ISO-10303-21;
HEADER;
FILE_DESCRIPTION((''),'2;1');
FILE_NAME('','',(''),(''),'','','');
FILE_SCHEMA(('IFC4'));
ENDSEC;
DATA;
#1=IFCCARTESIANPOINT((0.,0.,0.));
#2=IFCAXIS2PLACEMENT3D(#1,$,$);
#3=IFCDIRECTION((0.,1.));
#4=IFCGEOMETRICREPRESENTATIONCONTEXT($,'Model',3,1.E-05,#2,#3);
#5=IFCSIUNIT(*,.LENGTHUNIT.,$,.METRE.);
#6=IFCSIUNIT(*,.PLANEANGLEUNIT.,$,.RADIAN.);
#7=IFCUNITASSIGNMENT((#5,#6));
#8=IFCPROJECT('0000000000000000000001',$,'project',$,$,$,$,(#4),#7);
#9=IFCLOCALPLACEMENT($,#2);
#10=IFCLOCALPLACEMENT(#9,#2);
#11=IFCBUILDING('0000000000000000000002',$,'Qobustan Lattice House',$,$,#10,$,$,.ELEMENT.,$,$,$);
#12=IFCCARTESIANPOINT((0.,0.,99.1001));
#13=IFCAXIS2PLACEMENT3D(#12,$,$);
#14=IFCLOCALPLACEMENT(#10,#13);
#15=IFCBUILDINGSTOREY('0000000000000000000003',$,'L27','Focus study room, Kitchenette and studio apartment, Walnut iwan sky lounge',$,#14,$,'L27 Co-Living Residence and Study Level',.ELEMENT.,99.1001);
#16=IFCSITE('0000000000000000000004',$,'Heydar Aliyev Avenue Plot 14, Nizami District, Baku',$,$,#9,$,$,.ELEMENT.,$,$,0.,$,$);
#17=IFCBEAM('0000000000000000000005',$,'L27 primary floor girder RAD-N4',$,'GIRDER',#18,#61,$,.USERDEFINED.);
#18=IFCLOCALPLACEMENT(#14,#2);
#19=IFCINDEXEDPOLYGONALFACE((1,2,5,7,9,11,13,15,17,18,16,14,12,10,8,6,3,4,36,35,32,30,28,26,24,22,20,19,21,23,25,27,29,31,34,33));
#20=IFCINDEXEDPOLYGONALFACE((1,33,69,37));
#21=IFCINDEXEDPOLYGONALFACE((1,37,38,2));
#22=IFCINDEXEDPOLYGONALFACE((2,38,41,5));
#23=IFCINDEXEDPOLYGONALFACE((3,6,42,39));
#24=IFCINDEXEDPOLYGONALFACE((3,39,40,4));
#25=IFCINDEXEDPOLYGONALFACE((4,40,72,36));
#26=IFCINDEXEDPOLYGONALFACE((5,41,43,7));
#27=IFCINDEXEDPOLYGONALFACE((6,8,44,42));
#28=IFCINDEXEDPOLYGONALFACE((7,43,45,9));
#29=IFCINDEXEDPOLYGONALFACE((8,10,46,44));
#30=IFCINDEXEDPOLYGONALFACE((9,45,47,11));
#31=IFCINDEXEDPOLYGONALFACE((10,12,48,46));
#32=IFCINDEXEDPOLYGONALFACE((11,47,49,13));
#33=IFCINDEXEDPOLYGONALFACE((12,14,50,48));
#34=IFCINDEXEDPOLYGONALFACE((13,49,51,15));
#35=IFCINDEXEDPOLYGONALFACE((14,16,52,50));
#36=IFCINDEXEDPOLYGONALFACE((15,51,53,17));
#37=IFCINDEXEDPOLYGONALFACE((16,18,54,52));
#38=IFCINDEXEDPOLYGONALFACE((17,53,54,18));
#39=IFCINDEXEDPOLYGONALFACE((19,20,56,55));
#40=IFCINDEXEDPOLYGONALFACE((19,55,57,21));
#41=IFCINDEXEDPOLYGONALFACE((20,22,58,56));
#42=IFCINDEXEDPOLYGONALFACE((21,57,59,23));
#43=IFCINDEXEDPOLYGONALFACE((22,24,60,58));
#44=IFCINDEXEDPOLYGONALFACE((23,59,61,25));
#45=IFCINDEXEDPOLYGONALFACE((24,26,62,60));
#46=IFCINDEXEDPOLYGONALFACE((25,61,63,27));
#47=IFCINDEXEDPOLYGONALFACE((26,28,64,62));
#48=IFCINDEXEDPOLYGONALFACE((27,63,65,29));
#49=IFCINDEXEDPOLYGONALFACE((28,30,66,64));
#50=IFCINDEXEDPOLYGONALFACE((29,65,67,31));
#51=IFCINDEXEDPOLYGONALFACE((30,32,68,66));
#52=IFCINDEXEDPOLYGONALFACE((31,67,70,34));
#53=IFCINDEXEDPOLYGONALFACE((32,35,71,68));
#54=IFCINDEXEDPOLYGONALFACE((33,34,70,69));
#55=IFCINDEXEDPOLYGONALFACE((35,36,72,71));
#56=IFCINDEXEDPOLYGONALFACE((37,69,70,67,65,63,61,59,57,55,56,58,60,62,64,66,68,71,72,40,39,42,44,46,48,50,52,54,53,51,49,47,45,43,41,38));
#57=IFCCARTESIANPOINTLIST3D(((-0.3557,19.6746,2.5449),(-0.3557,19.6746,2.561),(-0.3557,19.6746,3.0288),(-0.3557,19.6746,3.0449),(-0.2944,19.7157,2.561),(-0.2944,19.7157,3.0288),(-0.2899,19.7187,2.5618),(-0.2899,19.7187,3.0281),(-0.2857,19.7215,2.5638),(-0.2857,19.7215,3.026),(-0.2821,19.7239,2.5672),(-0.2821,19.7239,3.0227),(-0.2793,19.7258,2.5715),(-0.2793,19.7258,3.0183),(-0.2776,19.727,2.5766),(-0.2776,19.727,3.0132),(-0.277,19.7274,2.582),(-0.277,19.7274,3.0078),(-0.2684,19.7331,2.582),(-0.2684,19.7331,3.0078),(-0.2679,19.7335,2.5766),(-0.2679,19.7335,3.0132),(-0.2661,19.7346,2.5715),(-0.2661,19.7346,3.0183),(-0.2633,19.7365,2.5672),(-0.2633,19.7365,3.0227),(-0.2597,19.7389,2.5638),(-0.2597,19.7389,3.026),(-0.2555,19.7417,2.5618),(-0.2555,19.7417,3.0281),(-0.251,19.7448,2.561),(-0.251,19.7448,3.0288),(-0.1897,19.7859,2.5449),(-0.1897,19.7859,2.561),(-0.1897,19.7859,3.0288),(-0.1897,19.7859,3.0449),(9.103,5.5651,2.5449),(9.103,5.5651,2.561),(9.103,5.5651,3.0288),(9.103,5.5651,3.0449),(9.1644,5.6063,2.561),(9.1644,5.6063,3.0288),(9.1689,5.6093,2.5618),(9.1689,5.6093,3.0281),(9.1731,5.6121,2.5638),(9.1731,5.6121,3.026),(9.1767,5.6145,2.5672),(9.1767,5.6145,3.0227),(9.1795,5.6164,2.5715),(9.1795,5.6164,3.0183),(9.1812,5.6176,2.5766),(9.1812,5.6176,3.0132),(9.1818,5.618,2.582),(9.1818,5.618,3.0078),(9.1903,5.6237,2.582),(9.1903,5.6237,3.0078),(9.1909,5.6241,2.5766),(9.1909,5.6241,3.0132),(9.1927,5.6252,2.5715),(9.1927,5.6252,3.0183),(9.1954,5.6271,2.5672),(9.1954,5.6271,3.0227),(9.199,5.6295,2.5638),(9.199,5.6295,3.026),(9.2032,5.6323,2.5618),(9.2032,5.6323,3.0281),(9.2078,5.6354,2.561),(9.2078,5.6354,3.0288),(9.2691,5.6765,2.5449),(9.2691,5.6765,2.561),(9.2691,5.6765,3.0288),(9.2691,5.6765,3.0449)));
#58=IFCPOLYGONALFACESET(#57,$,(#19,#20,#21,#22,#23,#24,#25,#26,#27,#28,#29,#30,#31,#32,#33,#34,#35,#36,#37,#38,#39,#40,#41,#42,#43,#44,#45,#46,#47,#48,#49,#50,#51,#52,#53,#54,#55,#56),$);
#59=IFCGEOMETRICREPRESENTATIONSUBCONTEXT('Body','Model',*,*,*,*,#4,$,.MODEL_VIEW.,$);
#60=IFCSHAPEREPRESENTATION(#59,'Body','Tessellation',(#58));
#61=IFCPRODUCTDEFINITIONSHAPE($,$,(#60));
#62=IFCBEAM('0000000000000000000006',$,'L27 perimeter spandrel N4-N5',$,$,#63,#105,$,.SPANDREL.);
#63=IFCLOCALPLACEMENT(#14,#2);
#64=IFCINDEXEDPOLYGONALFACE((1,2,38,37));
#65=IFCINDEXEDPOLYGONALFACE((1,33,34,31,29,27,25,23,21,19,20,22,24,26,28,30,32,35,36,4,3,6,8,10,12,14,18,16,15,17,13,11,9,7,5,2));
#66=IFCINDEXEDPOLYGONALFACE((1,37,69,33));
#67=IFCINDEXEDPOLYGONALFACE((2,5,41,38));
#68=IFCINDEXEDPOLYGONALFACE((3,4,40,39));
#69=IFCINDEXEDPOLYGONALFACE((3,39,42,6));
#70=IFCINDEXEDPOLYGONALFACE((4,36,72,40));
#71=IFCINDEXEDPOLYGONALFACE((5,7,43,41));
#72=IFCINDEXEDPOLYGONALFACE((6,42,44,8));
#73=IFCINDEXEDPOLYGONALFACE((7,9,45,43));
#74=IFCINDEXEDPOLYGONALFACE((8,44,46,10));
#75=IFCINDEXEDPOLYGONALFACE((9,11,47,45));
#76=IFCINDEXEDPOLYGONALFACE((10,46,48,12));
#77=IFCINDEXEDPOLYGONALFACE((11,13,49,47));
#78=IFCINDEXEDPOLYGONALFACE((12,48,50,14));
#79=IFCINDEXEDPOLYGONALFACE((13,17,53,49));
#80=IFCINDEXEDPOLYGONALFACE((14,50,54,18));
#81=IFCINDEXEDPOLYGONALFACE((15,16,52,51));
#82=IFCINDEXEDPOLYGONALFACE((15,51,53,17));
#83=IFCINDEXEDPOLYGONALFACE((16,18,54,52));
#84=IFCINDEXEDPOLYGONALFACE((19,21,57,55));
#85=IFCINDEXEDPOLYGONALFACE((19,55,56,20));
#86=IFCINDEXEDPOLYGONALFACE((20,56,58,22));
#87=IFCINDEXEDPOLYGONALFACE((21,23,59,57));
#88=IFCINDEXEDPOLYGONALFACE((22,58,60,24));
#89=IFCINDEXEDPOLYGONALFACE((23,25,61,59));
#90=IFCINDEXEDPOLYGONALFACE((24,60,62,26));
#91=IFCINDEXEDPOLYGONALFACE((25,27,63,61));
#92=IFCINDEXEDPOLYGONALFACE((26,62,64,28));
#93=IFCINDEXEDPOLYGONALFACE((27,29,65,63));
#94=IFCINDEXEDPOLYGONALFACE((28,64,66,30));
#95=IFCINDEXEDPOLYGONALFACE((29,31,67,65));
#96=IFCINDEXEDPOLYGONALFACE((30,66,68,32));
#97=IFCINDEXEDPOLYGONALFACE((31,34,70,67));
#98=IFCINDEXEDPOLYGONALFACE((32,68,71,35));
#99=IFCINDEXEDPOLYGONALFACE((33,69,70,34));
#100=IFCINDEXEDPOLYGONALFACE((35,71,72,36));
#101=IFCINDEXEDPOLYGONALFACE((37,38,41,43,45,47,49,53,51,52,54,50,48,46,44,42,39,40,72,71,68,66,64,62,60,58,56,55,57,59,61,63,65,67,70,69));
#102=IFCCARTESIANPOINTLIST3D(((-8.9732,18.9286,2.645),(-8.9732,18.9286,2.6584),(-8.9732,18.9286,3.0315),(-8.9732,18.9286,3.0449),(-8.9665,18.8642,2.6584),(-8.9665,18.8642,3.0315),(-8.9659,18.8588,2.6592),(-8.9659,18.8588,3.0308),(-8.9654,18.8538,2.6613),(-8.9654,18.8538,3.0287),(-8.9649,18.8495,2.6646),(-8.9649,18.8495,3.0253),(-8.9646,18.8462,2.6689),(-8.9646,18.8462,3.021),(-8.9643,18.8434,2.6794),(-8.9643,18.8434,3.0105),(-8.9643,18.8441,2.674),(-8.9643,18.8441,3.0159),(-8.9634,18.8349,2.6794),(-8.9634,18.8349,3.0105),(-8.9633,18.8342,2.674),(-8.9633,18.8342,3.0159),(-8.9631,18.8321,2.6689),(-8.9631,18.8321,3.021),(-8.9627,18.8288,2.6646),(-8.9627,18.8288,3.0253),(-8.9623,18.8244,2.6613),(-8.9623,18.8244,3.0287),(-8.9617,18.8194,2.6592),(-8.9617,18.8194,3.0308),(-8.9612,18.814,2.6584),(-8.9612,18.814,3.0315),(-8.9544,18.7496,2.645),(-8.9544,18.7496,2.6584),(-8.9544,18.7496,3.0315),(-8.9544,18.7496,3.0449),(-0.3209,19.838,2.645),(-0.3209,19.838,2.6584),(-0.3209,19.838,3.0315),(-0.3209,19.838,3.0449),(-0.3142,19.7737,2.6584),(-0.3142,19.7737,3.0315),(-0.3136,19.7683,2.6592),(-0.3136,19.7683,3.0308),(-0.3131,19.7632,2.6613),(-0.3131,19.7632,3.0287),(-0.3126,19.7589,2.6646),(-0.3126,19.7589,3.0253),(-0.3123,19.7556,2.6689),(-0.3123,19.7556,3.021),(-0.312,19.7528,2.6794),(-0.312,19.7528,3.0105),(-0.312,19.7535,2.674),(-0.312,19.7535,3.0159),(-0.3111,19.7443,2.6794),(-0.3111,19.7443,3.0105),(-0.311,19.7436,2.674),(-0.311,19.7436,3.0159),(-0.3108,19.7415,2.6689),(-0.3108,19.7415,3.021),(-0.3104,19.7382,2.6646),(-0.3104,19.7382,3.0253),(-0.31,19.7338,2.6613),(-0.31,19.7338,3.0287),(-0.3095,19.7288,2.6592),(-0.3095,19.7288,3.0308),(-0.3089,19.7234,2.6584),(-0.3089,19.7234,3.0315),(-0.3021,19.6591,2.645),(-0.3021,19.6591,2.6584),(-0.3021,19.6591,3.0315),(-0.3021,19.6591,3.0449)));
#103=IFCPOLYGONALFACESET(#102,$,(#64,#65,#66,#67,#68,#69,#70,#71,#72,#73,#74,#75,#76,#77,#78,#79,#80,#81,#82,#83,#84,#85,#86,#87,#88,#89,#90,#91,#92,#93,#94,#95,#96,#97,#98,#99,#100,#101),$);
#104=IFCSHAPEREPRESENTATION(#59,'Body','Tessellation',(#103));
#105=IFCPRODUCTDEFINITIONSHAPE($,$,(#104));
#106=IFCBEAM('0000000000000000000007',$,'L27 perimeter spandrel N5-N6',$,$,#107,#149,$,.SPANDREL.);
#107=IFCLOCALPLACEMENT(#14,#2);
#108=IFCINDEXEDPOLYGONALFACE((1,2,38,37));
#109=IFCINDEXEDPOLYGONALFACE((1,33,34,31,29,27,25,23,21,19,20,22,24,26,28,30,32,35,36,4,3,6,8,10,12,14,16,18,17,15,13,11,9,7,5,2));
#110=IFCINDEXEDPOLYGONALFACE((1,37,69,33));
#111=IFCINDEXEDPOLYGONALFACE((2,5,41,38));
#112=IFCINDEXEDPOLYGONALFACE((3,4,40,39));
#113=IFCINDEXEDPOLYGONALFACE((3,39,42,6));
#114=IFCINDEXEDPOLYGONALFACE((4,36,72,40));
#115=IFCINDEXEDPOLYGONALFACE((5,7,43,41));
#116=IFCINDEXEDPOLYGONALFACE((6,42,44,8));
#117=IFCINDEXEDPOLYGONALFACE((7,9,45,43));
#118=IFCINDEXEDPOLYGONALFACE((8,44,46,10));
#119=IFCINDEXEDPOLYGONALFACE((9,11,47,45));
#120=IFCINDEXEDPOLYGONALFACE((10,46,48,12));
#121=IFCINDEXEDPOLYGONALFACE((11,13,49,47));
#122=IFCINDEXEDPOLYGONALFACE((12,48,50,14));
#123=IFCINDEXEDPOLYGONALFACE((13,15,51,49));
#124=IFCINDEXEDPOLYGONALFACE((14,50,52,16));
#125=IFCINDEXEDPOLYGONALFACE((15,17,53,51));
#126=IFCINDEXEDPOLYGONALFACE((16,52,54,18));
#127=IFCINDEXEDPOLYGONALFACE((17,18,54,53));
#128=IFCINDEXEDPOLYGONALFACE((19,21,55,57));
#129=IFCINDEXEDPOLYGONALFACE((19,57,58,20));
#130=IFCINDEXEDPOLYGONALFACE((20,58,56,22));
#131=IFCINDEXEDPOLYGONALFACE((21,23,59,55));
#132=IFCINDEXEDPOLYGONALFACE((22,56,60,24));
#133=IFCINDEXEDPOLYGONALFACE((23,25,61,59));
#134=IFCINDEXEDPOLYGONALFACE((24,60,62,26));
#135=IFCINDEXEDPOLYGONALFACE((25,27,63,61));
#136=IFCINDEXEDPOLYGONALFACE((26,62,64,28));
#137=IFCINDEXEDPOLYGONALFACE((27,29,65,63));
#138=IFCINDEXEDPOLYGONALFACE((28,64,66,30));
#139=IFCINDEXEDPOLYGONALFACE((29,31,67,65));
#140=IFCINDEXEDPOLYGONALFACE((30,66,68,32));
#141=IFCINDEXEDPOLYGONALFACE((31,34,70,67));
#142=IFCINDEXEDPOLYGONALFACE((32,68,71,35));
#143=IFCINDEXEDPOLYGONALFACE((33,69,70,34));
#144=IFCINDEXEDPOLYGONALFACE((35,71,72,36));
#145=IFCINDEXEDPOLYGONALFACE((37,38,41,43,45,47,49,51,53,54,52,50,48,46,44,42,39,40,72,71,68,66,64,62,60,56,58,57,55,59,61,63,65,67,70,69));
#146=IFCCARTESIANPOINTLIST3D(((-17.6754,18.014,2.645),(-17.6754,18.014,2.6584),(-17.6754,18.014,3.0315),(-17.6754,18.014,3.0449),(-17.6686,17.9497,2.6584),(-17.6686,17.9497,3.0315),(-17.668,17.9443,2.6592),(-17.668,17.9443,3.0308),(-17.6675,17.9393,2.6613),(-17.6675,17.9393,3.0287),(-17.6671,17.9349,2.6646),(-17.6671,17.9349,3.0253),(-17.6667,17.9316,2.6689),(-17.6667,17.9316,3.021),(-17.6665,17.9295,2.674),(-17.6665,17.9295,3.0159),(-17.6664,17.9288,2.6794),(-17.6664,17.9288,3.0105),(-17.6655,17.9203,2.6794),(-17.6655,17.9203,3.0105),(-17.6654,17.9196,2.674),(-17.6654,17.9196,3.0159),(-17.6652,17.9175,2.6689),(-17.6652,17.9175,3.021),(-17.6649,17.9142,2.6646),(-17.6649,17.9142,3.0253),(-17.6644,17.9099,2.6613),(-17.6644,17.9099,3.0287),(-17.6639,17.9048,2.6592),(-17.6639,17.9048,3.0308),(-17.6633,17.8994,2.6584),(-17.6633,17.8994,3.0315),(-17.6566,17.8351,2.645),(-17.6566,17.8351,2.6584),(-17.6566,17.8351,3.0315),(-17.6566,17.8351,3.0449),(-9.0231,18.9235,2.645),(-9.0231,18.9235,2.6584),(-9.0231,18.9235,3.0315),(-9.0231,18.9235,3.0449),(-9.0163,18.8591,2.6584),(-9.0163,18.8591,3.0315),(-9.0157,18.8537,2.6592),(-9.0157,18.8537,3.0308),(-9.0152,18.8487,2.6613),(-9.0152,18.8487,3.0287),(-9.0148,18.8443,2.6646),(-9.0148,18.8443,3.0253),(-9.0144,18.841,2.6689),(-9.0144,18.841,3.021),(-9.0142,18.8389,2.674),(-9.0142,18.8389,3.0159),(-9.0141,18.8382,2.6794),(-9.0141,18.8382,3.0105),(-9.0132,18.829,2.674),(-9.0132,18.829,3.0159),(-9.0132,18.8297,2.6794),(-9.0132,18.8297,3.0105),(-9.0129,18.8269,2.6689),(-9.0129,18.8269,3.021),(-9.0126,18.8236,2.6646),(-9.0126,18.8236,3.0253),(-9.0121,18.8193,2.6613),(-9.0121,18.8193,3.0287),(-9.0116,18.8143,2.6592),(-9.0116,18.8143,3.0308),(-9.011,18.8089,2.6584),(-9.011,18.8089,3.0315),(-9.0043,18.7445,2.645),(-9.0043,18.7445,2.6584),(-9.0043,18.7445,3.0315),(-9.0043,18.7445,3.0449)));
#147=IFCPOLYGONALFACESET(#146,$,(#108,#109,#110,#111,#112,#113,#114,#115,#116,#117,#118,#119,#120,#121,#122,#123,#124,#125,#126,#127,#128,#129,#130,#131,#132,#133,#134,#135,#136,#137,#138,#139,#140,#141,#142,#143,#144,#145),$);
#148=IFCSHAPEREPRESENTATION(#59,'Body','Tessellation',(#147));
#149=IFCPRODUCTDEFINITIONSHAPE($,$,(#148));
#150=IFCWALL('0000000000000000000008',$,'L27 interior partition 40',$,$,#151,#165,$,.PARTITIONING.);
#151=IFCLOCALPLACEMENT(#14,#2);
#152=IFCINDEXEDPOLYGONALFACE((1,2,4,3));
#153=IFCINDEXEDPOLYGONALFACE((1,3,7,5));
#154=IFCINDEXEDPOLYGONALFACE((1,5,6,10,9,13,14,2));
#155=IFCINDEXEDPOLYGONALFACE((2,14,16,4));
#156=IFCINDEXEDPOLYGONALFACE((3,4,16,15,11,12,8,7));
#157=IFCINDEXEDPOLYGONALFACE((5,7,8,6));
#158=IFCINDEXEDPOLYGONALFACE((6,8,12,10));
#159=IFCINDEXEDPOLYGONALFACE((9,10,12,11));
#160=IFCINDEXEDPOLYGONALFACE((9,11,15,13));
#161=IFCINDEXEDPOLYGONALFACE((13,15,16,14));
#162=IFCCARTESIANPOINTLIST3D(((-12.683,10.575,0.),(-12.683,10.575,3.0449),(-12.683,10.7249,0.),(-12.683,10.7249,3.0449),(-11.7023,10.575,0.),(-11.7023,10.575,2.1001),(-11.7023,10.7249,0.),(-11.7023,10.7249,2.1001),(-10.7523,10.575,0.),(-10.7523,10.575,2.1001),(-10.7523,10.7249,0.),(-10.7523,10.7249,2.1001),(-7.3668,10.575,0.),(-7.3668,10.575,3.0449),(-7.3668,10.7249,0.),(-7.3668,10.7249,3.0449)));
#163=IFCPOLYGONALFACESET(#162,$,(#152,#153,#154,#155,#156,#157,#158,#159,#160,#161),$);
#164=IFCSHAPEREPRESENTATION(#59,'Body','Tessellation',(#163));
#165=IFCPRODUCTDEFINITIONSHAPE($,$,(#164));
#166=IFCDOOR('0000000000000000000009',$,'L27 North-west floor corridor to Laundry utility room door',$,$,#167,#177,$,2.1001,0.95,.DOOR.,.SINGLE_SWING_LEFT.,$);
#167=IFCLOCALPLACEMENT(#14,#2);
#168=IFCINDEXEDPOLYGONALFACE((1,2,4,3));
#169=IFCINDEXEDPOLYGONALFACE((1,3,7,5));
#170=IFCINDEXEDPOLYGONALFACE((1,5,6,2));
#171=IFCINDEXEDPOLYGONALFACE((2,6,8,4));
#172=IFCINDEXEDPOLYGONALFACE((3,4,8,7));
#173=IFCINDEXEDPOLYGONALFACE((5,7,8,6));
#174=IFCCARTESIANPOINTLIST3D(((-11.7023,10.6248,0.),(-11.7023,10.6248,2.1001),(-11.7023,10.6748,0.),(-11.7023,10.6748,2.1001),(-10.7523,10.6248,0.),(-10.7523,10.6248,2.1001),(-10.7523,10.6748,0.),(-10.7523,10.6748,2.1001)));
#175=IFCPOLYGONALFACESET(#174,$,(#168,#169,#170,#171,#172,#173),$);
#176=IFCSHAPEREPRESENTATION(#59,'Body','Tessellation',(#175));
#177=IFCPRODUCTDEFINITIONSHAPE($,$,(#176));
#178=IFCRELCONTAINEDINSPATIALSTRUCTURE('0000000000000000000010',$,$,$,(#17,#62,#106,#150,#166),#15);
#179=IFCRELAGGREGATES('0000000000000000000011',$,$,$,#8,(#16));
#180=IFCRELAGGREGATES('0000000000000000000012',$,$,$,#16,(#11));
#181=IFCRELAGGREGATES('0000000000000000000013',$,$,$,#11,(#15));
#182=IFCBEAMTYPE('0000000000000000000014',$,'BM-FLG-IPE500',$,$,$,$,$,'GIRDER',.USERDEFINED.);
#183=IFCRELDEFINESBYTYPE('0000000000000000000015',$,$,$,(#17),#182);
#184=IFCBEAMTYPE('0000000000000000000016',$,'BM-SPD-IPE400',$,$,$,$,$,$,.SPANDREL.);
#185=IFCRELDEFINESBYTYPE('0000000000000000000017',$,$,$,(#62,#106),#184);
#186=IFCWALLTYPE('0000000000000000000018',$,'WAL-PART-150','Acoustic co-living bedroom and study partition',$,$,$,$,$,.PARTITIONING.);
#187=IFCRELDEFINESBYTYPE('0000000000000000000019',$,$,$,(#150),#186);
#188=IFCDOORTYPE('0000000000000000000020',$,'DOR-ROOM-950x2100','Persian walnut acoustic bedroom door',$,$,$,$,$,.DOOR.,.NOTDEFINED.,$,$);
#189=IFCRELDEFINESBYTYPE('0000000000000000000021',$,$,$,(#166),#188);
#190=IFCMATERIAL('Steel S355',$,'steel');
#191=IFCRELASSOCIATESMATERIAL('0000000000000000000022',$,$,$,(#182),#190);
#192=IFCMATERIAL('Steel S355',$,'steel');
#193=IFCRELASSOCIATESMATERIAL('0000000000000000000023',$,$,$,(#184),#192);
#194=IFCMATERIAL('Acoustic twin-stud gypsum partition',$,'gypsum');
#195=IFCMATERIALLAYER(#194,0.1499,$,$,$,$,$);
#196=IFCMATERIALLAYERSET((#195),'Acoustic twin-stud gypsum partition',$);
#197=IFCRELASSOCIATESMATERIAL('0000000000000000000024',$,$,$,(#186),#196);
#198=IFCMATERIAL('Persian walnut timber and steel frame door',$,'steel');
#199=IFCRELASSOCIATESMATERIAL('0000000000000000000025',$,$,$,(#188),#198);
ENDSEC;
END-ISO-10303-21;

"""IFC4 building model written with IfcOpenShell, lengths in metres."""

from ifc_helpers import new_model, si_unit, direction, frame, frame_2d, origin, origin_2d, place, context, subcontext, project, spatial, rectangle, i_section, extrude, material, layer, layer_set, material_profile, profile_set, type_object, element, fill, save


model = new_model("IFC4")

# Units and contexts
model_context = context("Model", 3, precision=1e-05, world=origin(), true_north=direction((0.0, 1.0)))
body_context = subcontext(model_context, "Body", "Model", "MODEL_VIEW")
ifc_project = project(units=[si_unit("LENGTHUNIT", "METRE"), si_unit("PLANEANGLEUNIT", "RADIAN")], contexts=[model_context])

# Site, building, storey
site_placement = place(None, origin())
site = spatial("IfcSite", under=ifc_project, at=site_placement, Name="Heydar Aliyev Avenue Plot 14, Nizami District, Baku", CompositionType="ELEMENT", RefElevation=0.0)
building_placement = place(site_placement, origin())
building = spatial("IfcBuilding", under=site, at=building_placement, Name="Qobustan Lattice House", CompositionType="ELEMENT")
storey_placement = place(building_placement, frame((0.0, 0.0, 99.1001)))
storey = spatial("IfcBuildingStorey", under=building, at=storey_placement, Name="L27", Description="Focus study room, Kitchenette and studio apartment, Walnut iwan sky lounge", LongName="L27 Co-Living Residence and Study Level", CompositionType="ELEMENT", Elevation=99.1001)

# Beams
ifc_material_1 = material(Name="Steel S355", Category="steel")
ifc_material_profile_1 = material_profile(ifc_material_1, i_section(OverallWidth=0.2, OverallDepth=0.5, WebThickness=0.0103, FlangeThickness=0.0161, FilletRadius=0.021, at=origin_2d()), Name="IPE500")
ifc_profile_set_1 = profile_set([ifc_material_profile_1], Name="Steel S355")
beam_type_1 = type_object("IfcBeamType", Name="BM-FLG-IPE500", ElementType="GIRDER", PredefinedType="USERDEFINED", material=ifc_profile_set_1)
beam_1_placement = place(storey_placement, frame((-0.2727, 19.7302, 2.7949), z_axis=(0.556838, -0.830621, 0.0), x_axis=(0.830621, 0.556838, 0.0)))
element("IfcBeam", 1, at=beam_1_placement, inside=storey, type_object=beam_type_1, Name="L27 primary floor girder RAD-N4", ObjectType="GIRDER", PredefinedType="USERDEFINED", context=body_context, shape_type="SweptSolid", body=[
    extrude(i_section(OverallWidth=0.2, OverallDepth=0.5, WebThickness=0.0103, FlangeThickness=0.0161, FilletRadius=0.021, at=origin_2d()), origin(), (0.0, 0.0, 1.0), 16.9866),
])
ifc_material_2 = material(Name="Steel S355", Category="steel")
ifc_material_profile_2 = material_profile(ifc_material_2, i_section(OverallWidth=0.1799, OverallDepth=0.3999, WebThickness=0.0085, FlangeThickness=0.0134, FilletRadius=0.021, at=origin_2d()), Name="IPE400")
ifc_profile_set_2 = profile_set([ifc_material_profile_2], Name="Steel S355")
beam_type_2 = type_object("IfcBeamType", Name="BM-SPD-IPE400", PredefinedType="SPANDREL", material=ifc_profile_set_2)
for number, where, z_axis, x_axis, name in (
    (2, (-0.3115, 19.7485, 2.845), (-0.994522, -0.104531, 0.0), (0.104531, -0.994522, 0.0), "L27 perimeter spandrel N4-N5"),
    (3, (-9.0137, 18.834, 2.845), (-0.994522, -0.104531, 0.0), (0.104531, -0.994522, 0.0), "L27 perimeter spandrel N5-N6"),
):
    element("IfcBeam", number, at=place(storey_placement, frame(where, z_axis=z_axis, x_axis=x_axis)), inside=storey, type_object=beam_type_2, Name=name, PredefinedType="SPANDREL", context=body_context, shape_type="SweptSolid", body=[
        extrude(i_section(OverallWidth=0.1799, OverallDepth=0.3999, WebThickness=0.0085, FlangeThickness=0.0134, FilletRadius=0.021, at=origin_2d()), origin(), (0.0, 0.0, 1.0), 8.7),
    ])

# Wall, opening, door
ifc_material_3 = material(Name="Acoustic twin-stud gypsum partition", Category="gypsum")
ifc_layer_1 = layer(ifc_material_3, 0.1499)
ifc_layer_set_1 = layer_set([ifc_layer_1], Name="Acoustic twin-stud gypsum partition")
wall_type_1 = type_object("IfcWallType", Name="WAL-PART-150", Description="Acoustic co-living bedroom and study partition", PredefinedType="PARTITIONING", material=ifc_layer_set_1)
wall_1_placement = place(storey_placement, frame((-12.6831, 10.6499, 0.0), z_axis=(0.0, 0.0, 1.0), x_axis=(1.0, 0.0, 0.0)))
wall_1 = element("IfcWall", 4, at=wall_1_placement, inside=storey, type_object=wall_type_1, Name="L27 interior partition 40", PredefinedType="PARTITIONING", context=body_context, shape_type="SweptSolid", body=[
    extrude(rectangle(XDim=5.3162, YDim=0.1499, at=frame_2d((2.6582, 0.0))), origin(), (0.0, 0.0, 1.0), 3.0449),
])
opening_1_placement = place(wall_1_placement, frame((0.9807, 0.0, 0.0)))
opening_1 = element("IfcOpeningElement", 5, at=opening_1_placement, cuts=wall_1, PredefinedType="OPENING", context=body_context, shape_type="SweptSolid", body=[
    extrude(rectangle(XDim=0.95, YDim=2.1001, at=frame_2d((0.4751, 1.05))), frame((0.0, 0.085, 0.0), z_axis=(0.0, -1.0, 0.0), x_axis=(1.0, 0.0, 0.0)), (0.0, 0.0, 1.0), 0.1699),
])
ifc_material_4 = material(Name="Persian walnut timber and steel frame door", Category="steel")
door_type_1 = type_object("IfcDoorType", Name="DOR-ROOM-950x2100", Description="Persian walnut acoustic bedroom door", OperationType="NOTDEFINED", PredefinedType="DOOR", material=ifc_material_4)
door_1_placement = place(opening_1_placement, origin())
door_1 = element("IfcDoor", 6, at=door_1_placement, inside=storey, type_object=door_type_1, Name="L27 North-west floor corridor to Laundry utility room door", OperationType="SINGLE_SWING_LEFT", OverallHeight=2.1001, OverallWidth=0.95, PredefinedType="DOOR", context=body_context, shape_type="SweptSolid", body=[
    extrude(rectangle(XDim=0.95, YDim=2.1001, at=frame_2d((0.4751, 1.05))), frame((0.0, 0.0249, 0.0), z_axis=(0.0, -1.0, 0.0), x_axis=(1.0, 0.0, 0.0)), (0.0, 0.0, 1.0), 0.05),
])
fill(opening_1, door_1)

save(model, "model.ifc")
